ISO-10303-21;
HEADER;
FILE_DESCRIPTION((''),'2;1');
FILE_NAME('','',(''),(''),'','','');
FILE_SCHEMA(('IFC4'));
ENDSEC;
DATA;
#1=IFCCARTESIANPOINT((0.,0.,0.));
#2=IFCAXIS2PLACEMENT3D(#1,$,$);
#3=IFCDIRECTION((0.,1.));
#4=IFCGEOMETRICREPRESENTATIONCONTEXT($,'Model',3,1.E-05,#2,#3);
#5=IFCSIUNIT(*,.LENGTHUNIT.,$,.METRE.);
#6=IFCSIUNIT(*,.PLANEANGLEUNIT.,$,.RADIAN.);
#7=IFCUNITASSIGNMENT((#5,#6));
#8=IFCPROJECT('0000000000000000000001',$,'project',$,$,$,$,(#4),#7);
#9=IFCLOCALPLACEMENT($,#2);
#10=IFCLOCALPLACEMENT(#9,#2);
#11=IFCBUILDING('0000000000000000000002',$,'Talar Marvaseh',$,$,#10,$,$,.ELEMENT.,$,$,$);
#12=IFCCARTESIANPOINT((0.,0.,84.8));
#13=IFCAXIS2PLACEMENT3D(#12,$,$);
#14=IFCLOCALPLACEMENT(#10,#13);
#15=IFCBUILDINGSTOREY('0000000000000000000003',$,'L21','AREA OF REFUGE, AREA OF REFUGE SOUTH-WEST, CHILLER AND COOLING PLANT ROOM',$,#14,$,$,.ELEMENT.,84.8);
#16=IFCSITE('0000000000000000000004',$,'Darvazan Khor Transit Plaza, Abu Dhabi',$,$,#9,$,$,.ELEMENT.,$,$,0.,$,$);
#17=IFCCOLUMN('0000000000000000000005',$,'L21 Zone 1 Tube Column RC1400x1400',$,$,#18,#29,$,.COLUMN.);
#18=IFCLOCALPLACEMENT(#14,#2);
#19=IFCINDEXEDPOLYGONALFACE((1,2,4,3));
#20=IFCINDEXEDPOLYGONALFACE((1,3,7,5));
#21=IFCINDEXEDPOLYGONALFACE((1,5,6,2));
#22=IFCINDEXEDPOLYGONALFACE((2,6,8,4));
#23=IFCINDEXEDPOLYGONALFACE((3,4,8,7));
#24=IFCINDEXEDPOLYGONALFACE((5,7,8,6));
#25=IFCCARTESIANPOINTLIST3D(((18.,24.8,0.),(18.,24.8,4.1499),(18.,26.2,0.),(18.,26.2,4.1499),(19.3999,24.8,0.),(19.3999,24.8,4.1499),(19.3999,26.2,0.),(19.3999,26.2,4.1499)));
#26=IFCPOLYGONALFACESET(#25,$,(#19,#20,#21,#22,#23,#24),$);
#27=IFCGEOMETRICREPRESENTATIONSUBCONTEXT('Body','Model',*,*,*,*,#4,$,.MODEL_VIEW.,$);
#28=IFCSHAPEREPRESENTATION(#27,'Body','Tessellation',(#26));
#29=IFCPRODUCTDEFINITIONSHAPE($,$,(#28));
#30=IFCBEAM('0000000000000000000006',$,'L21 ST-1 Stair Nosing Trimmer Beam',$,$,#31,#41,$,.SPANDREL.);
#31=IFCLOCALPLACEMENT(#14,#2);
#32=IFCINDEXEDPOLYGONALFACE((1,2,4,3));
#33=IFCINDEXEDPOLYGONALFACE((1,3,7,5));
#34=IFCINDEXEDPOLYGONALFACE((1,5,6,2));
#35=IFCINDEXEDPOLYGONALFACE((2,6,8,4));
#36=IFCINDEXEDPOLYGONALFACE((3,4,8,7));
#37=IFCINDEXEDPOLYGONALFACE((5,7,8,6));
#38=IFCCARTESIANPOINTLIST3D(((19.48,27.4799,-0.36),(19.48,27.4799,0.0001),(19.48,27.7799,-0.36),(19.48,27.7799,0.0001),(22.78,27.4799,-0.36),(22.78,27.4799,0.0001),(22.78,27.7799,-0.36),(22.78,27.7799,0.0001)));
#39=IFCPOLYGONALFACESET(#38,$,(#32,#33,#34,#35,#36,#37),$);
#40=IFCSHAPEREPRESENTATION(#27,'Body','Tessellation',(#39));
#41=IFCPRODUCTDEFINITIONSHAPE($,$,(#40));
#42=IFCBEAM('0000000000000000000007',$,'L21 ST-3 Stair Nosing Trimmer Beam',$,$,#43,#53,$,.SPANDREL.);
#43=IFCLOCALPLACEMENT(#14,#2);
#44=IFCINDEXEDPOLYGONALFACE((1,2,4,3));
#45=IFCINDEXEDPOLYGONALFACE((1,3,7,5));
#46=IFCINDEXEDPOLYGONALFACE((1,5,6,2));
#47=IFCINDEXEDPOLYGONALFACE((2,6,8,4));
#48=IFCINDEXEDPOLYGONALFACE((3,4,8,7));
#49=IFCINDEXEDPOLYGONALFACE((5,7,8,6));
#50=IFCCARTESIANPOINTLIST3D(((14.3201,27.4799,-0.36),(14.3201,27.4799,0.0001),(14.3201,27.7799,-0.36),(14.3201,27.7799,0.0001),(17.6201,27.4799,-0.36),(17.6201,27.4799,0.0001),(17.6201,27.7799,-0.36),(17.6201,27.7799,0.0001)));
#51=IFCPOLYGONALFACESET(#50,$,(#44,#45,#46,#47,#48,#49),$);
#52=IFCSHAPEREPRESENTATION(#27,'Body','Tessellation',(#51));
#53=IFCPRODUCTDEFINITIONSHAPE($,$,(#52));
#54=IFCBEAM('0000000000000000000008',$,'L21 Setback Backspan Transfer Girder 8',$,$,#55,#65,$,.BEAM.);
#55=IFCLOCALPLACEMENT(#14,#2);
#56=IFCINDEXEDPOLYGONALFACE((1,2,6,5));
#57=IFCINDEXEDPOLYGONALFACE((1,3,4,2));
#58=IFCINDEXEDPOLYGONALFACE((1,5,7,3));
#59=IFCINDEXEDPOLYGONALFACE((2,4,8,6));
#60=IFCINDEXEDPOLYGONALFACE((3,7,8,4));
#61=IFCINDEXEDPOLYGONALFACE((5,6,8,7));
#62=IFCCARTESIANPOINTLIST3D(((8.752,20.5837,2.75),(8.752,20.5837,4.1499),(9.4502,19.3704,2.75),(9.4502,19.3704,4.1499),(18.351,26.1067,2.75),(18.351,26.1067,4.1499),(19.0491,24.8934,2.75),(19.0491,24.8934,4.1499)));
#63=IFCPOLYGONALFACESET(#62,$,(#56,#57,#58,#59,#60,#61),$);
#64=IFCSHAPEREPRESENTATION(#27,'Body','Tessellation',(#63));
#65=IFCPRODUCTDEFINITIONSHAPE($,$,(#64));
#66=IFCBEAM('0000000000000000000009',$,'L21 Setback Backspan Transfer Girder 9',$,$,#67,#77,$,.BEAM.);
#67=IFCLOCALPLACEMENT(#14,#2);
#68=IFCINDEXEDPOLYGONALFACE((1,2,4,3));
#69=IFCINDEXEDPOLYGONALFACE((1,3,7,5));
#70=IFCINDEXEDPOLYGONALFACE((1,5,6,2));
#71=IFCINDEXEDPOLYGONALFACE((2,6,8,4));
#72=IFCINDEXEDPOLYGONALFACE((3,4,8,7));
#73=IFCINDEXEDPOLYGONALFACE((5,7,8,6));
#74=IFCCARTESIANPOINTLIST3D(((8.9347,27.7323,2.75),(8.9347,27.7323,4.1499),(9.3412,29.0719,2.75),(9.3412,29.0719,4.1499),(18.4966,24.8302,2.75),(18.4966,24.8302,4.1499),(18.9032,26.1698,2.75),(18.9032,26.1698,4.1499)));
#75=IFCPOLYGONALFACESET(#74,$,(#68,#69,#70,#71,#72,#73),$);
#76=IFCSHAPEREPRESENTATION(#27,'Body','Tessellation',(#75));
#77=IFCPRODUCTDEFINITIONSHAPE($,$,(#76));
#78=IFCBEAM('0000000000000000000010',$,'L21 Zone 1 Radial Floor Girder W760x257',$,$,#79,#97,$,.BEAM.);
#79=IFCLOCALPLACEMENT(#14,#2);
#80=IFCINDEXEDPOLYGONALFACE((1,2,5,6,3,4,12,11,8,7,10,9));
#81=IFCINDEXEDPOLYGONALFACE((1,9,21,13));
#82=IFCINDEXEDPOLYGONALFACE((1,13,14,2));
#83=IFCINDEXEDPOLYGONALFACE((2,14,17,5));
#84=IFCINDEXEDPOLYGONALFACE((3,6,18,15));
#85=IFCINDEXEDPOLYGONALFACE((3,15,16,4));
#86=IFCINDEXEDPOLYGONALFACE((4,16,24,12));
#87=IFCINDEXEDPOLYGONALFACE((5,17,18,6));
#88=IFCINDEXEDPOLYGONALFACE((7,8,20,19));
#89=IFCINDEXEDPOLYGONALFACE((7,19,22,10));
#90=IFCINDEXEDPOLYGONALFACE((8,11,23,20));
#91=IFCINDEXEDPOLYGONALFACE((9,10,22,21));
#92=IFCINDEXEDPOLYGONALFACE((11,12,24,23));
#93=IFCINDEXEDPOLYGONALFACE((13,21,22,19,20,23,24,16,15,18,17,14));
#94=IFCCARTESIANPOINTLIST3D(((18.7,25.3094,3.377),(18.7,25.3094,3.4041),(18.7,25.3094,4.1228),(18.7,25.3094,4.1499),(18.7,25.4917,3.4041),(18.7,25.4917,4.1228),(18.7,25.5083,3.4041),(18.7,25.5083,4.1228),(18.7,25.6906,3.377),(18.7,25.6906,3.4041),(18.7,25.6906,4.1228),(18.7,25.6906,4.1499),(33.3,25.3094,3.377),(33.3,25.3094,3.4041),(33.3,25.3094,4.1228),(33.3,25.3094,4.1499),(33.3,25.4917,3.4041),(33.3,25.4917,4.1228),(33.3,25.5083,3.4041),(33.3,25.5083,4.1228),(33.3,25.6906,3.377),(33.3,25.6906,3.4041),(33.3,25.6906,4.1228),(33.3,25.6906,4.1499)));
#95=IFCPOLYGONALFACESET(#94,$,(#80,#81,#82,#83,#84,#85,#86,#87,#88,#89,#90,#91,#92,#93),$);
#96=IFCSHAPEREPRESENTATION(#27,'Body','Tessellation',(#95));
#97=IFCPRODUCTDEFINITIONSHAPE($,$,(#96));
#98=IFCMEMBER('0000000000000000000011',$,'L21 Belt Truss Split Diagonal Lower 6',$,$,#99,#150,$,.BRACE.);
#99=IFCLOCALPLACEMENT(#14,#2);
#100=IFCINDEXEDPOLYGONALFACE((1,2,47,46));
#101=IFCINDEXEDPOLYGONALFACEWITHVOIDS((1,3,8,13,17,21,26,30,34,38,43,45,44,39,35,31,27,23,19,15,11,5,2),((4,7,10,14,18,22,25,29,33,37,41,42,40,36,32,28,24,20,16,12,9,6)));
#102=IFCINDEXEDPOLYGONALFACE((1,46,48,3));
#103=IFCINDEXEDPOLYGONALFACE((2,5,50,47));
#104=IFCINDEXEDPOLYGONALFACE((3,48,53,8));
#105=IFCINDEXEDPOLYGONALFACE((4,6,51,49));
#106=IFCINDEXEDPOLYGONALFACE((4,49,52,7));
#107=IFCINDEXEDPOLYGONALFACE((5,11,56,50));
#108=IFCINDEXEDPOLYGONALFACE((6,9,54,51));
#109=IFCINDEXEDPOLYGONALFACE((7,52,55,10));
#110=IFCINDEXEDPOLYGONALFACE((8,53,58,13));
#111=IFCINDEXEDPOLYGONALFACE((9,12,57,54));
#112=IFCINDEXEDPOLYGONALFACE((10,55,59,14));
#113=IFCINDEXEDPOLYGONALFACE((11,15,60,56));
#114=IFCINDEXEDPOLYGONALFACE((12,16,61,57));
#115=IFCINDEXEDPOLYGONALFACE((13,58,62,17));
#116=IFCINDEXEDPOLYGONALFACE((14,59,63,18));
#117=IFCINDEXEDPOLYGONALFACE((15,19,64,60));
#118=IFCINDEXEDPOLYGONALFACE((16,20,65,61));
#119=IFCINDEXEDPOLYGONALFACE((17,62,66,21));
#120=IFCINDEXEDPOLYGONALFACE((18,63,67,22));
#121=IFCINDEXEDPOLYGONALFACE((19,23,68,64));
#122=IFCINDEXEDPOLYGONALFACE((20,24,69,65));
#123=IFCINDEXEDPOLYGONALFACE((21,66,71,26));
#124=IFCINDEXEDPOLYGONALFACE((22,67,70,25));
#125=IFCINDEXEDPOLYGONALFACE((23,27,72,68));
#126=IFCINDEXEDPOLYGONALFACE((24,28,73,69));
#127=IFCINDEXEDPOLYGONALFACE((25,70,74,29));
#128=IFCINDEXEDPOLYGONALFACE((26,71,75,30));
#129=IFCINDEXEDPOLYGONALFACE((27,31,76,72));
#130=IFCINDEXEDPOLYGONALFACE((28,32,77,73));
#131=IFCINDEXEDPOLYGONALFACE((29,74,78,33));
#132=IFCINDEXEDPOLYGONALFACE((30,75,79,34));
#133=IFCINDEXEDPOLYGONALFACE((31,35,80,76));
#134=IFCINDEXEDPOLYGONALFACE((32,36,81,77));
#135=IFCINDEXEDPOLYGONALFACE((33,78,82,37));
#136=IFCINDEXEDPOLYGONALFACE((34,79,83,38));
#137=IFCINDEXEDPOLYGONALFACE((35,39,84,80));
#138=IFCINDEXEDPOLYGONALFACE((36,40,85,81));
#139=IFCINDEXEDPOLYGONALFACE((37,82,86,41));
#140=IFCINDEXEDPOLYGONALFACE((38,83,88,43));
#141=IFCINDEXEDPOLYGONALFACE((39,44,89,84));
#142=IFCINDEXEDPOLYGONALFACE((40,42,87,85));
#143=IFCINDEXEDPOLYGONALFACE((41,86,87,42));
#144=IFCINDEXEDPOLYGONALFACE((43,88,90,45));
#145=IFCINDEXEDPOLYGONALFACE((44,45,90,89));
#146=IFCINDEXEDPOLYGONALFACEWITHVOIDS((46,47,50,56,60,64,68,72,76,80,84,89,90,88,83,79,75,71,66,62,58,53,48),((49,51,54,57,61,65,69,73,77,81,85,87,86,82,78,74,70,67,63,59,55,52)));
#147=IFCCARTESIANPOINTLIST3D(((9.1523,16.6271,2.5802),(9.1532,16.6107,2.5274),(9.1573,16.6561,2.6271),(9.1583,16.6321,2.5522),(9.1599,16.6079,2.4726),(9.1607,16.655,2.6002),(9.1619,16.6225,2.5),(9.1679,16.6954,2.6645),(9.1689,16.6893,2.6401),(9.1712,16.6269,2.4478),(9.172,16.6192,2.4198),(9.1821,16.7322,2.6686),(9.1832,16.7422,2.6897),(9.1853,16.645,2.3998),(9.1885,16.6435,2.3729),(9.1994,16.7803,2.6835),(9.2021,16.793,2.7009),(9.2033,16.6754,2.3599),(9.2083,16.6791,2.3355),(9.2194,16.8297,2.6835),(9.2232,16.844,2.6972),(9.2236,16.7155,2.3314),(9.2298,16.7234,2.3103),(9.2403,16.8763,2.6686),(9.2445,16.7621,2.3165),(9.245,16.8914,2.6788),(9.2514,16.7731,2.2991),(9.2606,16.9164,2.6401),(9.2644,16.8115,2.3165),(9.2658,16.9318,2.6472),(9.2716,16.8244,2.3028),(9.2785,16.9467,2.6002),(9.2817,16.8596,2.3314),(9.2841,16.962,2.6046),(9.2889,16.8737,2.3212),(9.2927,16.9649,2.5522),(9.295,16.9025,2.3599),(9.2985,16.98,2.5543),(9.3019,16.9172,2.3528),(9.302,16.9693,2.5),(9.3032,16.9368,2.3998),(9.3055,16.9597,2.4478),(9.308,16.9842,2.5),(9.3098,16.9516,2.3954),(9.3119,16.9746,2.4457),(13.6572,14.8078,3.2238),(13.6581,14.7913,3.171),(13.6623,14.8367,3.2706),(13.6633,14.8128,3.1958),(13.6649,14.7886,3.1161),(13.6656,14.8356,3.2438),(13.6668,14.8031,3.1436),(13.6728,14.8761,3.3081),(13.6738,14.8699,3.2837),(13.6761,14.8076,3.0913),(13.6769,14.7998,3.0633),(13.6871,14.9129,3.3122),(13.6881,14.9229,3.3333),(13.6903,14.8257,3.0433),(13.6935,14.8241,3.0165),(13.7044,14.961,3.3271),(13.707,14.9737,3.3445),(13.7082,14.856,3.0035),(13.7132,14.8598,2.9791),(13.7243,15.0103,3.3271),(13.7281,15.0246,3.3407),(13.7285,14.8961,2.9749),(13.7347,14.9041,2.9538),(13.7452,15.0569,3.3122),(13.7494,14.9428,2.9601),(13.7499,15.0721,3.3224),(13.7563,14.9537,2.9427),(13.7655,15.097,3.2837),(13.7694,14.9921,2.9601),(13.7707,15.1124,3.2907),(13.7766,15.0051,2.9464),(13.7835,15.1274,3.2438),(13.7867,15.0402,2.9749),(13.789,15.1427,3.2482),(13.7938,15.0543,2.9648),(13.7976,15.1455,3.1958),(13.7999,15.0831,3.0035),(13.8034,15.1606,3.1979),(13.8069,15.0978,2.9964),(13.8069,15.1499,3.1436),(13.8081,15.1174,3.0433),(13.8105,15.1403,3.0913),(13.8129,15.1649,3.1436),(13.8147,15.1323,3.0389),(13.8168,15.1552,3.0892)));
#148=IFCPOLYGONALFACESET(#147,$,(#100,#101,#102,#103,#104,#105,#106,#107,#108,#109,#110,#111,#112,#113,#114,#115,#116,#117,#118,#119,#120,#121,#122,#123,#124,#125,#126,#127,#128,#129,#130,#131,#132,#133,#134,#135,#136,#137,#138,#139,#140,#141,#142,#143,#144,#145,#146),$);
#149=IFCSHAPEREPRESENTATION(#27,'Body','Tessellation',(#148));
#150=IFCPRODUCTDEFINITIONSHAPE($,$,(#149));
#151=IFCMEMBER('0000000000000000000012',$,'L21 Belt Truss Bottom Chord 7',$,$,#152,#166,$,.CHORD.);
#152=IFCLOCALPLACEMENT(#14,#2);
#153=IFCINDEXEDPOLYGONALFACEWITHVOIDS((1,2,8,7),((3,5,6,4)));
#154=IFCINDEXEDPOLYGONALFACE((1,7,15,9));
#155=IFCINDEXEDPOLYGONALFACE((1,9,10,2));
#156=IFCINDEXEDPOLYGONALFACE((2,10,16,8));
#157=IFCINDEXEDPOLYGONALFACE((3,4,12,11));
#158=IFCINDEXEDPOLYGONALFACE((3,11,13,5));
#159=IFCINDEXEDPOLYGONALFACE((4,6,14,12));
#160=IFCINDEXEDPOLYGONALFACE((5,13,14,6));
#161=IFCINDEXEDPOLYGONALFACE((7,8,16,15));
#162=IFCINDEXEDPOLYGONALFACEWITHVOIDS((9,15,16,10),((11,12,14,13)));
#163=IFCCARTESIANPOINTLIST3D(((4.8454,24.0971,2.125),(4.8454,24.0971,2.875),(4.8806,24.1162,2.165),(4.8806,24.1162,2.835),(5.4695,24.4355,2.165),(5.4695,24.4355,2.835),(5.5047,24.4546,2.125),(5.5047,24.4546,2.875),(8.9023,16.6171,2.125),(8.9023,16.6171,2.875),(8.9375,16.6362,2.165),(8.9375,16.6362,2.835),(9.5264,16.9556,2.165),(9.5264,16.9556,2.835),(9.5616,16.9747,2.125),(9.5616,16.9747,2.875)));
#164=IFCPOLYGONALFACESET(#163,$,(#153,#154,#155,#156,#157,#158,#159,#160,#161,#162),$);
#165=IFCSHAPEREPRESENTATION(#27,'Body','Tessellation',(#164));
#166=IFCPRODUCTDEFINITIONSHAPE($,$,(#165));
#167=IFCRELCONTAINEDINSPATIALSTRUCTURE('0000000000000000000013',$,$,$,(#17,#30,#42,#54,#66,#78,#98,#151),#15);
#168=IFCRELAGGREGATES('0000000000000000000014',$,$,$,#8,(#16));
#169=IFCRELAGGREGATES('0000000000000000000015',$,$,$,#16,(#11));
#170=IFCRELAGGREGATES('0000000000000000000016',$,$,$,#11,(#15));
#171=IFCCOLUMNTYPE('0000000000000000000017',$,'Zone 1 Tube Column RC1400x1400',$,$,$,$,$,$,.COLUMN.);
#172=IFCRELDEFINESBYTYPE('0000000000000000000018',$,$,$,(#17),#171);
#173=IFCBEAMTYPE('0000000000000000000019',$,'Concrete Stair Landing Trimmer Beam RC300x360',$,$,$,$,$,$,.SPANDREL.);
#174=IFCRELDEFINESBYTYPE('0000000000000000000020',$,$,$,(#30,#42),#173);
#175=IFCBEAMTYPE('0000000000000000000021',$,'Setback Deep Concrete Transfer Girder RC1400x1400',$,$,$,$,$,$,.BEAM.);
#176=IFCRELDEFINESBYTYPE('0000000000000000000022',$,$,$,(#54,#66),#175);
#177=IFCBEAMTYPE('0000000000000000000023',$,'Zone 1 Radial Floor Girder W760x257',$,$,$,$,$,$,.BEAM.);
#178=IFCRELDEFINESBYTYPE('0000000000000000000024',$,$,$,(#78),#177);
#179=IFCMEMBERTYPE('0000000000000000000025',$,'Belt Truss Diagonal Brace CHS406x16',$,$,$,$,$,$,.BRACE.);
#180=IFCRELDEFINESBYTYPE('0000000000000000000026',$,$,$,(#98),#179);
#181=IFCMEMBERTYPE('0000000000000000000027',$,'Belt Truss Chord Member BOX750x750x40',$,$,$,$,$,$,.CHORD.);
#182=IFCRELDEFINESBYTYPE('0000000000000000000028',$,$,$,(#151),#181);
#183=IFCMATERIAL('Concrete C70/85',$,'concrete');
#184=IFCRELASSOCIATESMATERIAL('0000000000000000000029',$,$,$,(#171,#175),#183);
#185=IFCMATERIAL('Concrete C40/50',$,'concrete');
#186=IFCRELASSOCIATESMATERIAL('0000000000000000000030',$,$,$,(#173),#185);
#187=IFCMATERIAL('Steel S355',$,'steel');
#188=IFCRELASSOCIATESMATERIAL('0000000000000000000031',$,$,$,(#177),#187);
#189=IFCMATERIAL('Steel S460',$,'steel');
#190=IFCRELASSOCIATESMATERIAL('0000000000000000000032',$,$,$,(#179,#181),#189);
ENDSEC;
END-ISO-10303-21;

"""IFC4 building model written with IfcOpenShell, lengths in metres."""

from ifc_helpers import new_model, si_unit, direction, frame, origin, origin_2d, place, context, subcontext, project, spatial, rectangle, hollow_rectangle, hollow_circle, i_section, extrude, source, transform, mapped, material, material_profile, profile_set, type_object, type_shapes, element, save


model = new_model("IFC4")

# Units and contexts
model_context = context("Model", 3, precision=1e-05, world=origin(), true_north=direction((0.0, 1.0)))
body_context = subcontext(model_context, "Body", "Model", "MODEL_VIEW")
ifc_project = project(units=[si_unit("LENGTHUNIT", "METRE"), si_unit("PLANEANGLEUNIT", "RADIAN")], contexts=[model_context])

# Site, building, storey
site_placement = place(None, origin())
site = spatial("IfcSite", under=ifc_project, at=site_placement, Name="Darvazan Khor Transit Plaza, Abu Dhabi", CompositionType="ELEMENT", RefElevation=0.0)
building_placement = place(site_placement, origin())
building = spatial("IfcBuilding", under=site, at=building_placement, Name="Talar Marvaseh", CompositionType="ELEMENT")
storey_placement = place(building_placement, frame((0.0, 0.0, 84.8)))
storey = spatial("IfcBuildingStorey", under=building, at=storey_placement, Name="L21", Description="AREA OF REFUGE, AREA OF REFUGE SOUTH-WEST, CHILLER AND COOLING PLANT ROOM", CompositionType="ELEMENT", Elevation=84.8)

# Column
ifc_material_1 = material(Name="Concrete C70/85", Category="concrete")
ifc_material_profile_1 = material_profile(ifc_material_1, rectangle(XDim=1.3999, YDim=1.3999, at=origin_2d()), Name="RC1400x1400")
ifc_profile_set_1 = profile_set([ifc_material_profile_1], Name="Concrete C70/85")
column_type = type_object("IfcColumnType", Name="Zone 1 Tube Column RC1400x1400", PredefinedType="COLUMN", material=ifc_profile_set_1)
column_placement = place(storey_placement, frame((18.7, 25.5, 0.0), z_axis=(0.0, 0.0, 1.0), x_axis=(1.0, 0.0, 0.0)))
element("IfcColumn", 1, at=column_placement, inside=storey, type_object=column_type, Name="L21 Zone 1 Tube Column RC1400x1400", PredefinedType="COLUMN", context=body_context, shape_type="SweptSolid", body=[
    extrude(rectangle(XDim=1.3999, YDim=1.3999, at=origin_2d()), origin(), (0.0, 0.0, 1.0), 4.1499),
])

# Beams
ifc_material_2 = material(Name="Concrete C40/50", Category="concrete")
ifc_material_profile_2 = material_profile(ifc_material_2, rectangle(XDim=0.3, YDim=0.3601, at=origin_2d()), Name="RC300x360")
ifc_profile_set_2 = profile_set([ifc_material_profile_2], Name="Concrete C40/50")
beam_type_1 = type_object("IfcBeamType", Name="Concrete Stair Landing Trimmer Beam RC300x360", PredefinedType="SPANDREL", material=ifc_profile_set_2)
for number, where, z_axis, x_axis, name in (
    (2, (22.78, 27.6299, -0.1799), (-1.0, 0.0, 0.0), (0.0, -1.0, 0.0), "L21 ST-1 Stair Nosing Trimmer Beam"),
    (3, (17.6201, 27.6299, -0.1799), (-1.0, 0.0, 0.0), (0.0, -1.0, 0.0), "L21 ST-3 Stair Nosing Trimmer Beam"),
):
    element("IfcBeam", number, at=place(storey_placement, frame(where, z_axis=z_axis, x_axis=x_axis)), inside=storey, type_object=beam_type_1, Name=name, PredefinedType="SPANDREL", context=body_context, shape_type="SweptSolid", body=[
        extrude(rectangle(XDim=0.3, YDim=0.3601, at=origin_2d()), origin(), (0.0, 0.0, 1.0), 3.3),
    ])
ifc_material_profile_3 = material_profile(ifc_material_1, rectangle(XDim=1.3999, YDim=1.3999, at=origin_2d()), Name="RC1400x1400")
ifc_profile_set_3 = profile_set([ifc_material_profile_3], Name="Concrete C70/85")
beam_type_2 = type_object("IfcBeamType", Name="Setback Deep Concrete Transfer Girder RC1400x1400", PredefinedType="BEAM", material=ifc_profile_set_3)
beam_1_placement = place(storey_placement, frame((9.1011, 19.9771, 3.45), z_axis=(0.866766, 0.498715, 0.0), x_axis=(-0.498715, 0.866766, 0.0)))
element("IfcBeam", 4, at=beam_1_placement, inside=storey, type_object=beam_type_2, Name="L21 Setback Backspan Transfer Girder 8", PredefinedType="BEAM", context=body_context, shape_type="SweptSolid", body=[
    extrude(rectangle(XDim=1.3999, YDim=1.3999, at=origin_2d()), origin(), (0.0, 0.0, 1.0), 11.0745),
])
beam_2_placement = place(storey_placement, frame((9.1379, 28.4021, 3.45), z_axis=(0.956899, -0.290422, 0.0), x_axis=(0.290422, 0.956899, 0.0)))
element("IfcBeam", 5, at=beam_2_placement, inside=storey, type_object=beam_type_2, Name="L21 Setback Backspan Transfer Girder 9", PredefinedType="BEAM", context=body_context, shape_type="SweptSolid", body=[
    extrude(rectangle(XDim=1.3999, YDim=1.3999, at=origin_2d()), origin(), (0.0, 0.0, 1.0), 9.9927),
])
ifc_material_3 = material(Name="Steel S355", Category="steel")
ifc_material_profile_4 = material_profile(ifc_material_3, i_section(OverallWidth=0.3811, OverallDepth=0.7729, WebThickness=0.0166, FlangeThickness=0.0271, at=origin_2d()), Name="W760x257")
ifc_profile_set_4 = profile_set([ifc_material_profile_4], Name="Steel S355")
beam_type_3 = type_object("IfcBeamType", Name="Zone 1 Radial Floor Girder W760x257", PredefinedType="BEAM", material=ifc_profile_set_4)
beam_3_placement = place(storey_placement, frame((18.7, 25.5, 3.7634), z_axis=(1.0, 0.0, 0.0), x_axis=(0.0, 1.0, 0.0)))
element("IfcBeam", 6, at=beam_3_placement, inside=storey, type_object=beam_type_3, Name="L21 Zone 1 Radial Floor Girder W760x257", PredefinedType="BEAM", context=body_context, shape_type="SweptSolid", body=[
    extrude(i_section(OverallWidth=0.3811, OverallDepth=0.7729, WebThickness=0.0166, FlangeThickness=0.0271, at=origin_2d()), origin(), (0.0, 0.0, 1.0), 14.6001),
])

# Members
ifc_material_4 = material(Name="Steel S460", Category="steel")
ifc_material_profile_5 = material_profile(ifc_material_4, hollow_circle(Radius=0.2031, WallThickness=0.0161, at=origin_2d()), Name="CHS406x16")
ifc_profile_set_5 = profile_set([ifc_material_profile_5], Name="Steel S460")
member_type_1 = type_object("IfcMemberType", Name="Belt Truss Diagonal Brace CHS406x16", PredefinedType="BRACE", material=ifc_profile_set_5)
shared_shape_1 = source(origin(), body_context, "Body", "SweptSolid", [
    extrude(hollow_circle(Radius=0.2031, WallThickness=0.0161, at=origin_2d()), origin(), (0.0, 0.0, 1.0), 4.9009),
])
member_1_placement = place(storey_placement, frame((9.2319, 16.7959, 2.5), z_axis=(0.919209, -0.37123, 0.131316), x_axis=(0.374473, 0.927238, 0.0)))
element("IfcMember", 7, at=member_1_placement, inside=storey, type_object=member_type_1, Name="L21 Belt Truss Split Diagonal Lower 6", PredefinedType="BRACE", context=body_context, shape_type="MappedRepresentation", body=[
    mapped(shared_shape_1, transform((0.0, 0.0, 0.0), x_axis=(1.0, 0.0, 0.0), y_axis=(0.0, 1.0, 0.0), z_axis=(0.0, 0.0, 1.0), scale=1.0)),
])
ifc_material_profile_6 = material_profile(ifc_material_4, hollow_rectangle(XDim=0.75, YDim=0.75, WallThickness=0.04, at=origin_2d()), Name="BOX750x750x40")
ifc_profile_set_6 = profile_set([ifc_material_profile_6], Name="Steel S460")
member_type_2 = type_object("IfcMemberType", Name="Belt Truss Chord Member BOX750x750x40", PredefinedType="CHORD", material=ifc_profile_set_6)
shared_shape_2 = source(origin(), body_context, "Body", "SweptSolid", [
    extrude(hollow_rectangle(XDim=0.75, YDim=0.75, WallThickness=0.04, at=origin_2d()), origin(), (0.0, 0.0, 1.0), 8.5093),
])
type_shapes(member_type_2, [shared_shape_2])
member_2_placement = place(storey_placement, frame((9.2319, 16.7959, 2.5), z_axis=(-0.476758, 0.879035, 0.0), x_axis=(-0.879035, -0.476758, 0.0)))
element("IfcMember", 8, at=member_2_placement, inside=storey, type_object=member_type_2, Name="L21 Belt Truss Bottom Chord 7", PredefinedType="CHORD", context=body_context, shape_type="MappedRepresentation", body=[
    mapped(shared_shape_2, transform((0.0, 0.0, 0.0), x_axis=(1.0, 0.0, 0.0), y_axis=(0.0, 1.0, 0.0), z_axis=(0.0, 0.0, 1.0), scale=1.0)),
])

save(model, "model.ifc")
